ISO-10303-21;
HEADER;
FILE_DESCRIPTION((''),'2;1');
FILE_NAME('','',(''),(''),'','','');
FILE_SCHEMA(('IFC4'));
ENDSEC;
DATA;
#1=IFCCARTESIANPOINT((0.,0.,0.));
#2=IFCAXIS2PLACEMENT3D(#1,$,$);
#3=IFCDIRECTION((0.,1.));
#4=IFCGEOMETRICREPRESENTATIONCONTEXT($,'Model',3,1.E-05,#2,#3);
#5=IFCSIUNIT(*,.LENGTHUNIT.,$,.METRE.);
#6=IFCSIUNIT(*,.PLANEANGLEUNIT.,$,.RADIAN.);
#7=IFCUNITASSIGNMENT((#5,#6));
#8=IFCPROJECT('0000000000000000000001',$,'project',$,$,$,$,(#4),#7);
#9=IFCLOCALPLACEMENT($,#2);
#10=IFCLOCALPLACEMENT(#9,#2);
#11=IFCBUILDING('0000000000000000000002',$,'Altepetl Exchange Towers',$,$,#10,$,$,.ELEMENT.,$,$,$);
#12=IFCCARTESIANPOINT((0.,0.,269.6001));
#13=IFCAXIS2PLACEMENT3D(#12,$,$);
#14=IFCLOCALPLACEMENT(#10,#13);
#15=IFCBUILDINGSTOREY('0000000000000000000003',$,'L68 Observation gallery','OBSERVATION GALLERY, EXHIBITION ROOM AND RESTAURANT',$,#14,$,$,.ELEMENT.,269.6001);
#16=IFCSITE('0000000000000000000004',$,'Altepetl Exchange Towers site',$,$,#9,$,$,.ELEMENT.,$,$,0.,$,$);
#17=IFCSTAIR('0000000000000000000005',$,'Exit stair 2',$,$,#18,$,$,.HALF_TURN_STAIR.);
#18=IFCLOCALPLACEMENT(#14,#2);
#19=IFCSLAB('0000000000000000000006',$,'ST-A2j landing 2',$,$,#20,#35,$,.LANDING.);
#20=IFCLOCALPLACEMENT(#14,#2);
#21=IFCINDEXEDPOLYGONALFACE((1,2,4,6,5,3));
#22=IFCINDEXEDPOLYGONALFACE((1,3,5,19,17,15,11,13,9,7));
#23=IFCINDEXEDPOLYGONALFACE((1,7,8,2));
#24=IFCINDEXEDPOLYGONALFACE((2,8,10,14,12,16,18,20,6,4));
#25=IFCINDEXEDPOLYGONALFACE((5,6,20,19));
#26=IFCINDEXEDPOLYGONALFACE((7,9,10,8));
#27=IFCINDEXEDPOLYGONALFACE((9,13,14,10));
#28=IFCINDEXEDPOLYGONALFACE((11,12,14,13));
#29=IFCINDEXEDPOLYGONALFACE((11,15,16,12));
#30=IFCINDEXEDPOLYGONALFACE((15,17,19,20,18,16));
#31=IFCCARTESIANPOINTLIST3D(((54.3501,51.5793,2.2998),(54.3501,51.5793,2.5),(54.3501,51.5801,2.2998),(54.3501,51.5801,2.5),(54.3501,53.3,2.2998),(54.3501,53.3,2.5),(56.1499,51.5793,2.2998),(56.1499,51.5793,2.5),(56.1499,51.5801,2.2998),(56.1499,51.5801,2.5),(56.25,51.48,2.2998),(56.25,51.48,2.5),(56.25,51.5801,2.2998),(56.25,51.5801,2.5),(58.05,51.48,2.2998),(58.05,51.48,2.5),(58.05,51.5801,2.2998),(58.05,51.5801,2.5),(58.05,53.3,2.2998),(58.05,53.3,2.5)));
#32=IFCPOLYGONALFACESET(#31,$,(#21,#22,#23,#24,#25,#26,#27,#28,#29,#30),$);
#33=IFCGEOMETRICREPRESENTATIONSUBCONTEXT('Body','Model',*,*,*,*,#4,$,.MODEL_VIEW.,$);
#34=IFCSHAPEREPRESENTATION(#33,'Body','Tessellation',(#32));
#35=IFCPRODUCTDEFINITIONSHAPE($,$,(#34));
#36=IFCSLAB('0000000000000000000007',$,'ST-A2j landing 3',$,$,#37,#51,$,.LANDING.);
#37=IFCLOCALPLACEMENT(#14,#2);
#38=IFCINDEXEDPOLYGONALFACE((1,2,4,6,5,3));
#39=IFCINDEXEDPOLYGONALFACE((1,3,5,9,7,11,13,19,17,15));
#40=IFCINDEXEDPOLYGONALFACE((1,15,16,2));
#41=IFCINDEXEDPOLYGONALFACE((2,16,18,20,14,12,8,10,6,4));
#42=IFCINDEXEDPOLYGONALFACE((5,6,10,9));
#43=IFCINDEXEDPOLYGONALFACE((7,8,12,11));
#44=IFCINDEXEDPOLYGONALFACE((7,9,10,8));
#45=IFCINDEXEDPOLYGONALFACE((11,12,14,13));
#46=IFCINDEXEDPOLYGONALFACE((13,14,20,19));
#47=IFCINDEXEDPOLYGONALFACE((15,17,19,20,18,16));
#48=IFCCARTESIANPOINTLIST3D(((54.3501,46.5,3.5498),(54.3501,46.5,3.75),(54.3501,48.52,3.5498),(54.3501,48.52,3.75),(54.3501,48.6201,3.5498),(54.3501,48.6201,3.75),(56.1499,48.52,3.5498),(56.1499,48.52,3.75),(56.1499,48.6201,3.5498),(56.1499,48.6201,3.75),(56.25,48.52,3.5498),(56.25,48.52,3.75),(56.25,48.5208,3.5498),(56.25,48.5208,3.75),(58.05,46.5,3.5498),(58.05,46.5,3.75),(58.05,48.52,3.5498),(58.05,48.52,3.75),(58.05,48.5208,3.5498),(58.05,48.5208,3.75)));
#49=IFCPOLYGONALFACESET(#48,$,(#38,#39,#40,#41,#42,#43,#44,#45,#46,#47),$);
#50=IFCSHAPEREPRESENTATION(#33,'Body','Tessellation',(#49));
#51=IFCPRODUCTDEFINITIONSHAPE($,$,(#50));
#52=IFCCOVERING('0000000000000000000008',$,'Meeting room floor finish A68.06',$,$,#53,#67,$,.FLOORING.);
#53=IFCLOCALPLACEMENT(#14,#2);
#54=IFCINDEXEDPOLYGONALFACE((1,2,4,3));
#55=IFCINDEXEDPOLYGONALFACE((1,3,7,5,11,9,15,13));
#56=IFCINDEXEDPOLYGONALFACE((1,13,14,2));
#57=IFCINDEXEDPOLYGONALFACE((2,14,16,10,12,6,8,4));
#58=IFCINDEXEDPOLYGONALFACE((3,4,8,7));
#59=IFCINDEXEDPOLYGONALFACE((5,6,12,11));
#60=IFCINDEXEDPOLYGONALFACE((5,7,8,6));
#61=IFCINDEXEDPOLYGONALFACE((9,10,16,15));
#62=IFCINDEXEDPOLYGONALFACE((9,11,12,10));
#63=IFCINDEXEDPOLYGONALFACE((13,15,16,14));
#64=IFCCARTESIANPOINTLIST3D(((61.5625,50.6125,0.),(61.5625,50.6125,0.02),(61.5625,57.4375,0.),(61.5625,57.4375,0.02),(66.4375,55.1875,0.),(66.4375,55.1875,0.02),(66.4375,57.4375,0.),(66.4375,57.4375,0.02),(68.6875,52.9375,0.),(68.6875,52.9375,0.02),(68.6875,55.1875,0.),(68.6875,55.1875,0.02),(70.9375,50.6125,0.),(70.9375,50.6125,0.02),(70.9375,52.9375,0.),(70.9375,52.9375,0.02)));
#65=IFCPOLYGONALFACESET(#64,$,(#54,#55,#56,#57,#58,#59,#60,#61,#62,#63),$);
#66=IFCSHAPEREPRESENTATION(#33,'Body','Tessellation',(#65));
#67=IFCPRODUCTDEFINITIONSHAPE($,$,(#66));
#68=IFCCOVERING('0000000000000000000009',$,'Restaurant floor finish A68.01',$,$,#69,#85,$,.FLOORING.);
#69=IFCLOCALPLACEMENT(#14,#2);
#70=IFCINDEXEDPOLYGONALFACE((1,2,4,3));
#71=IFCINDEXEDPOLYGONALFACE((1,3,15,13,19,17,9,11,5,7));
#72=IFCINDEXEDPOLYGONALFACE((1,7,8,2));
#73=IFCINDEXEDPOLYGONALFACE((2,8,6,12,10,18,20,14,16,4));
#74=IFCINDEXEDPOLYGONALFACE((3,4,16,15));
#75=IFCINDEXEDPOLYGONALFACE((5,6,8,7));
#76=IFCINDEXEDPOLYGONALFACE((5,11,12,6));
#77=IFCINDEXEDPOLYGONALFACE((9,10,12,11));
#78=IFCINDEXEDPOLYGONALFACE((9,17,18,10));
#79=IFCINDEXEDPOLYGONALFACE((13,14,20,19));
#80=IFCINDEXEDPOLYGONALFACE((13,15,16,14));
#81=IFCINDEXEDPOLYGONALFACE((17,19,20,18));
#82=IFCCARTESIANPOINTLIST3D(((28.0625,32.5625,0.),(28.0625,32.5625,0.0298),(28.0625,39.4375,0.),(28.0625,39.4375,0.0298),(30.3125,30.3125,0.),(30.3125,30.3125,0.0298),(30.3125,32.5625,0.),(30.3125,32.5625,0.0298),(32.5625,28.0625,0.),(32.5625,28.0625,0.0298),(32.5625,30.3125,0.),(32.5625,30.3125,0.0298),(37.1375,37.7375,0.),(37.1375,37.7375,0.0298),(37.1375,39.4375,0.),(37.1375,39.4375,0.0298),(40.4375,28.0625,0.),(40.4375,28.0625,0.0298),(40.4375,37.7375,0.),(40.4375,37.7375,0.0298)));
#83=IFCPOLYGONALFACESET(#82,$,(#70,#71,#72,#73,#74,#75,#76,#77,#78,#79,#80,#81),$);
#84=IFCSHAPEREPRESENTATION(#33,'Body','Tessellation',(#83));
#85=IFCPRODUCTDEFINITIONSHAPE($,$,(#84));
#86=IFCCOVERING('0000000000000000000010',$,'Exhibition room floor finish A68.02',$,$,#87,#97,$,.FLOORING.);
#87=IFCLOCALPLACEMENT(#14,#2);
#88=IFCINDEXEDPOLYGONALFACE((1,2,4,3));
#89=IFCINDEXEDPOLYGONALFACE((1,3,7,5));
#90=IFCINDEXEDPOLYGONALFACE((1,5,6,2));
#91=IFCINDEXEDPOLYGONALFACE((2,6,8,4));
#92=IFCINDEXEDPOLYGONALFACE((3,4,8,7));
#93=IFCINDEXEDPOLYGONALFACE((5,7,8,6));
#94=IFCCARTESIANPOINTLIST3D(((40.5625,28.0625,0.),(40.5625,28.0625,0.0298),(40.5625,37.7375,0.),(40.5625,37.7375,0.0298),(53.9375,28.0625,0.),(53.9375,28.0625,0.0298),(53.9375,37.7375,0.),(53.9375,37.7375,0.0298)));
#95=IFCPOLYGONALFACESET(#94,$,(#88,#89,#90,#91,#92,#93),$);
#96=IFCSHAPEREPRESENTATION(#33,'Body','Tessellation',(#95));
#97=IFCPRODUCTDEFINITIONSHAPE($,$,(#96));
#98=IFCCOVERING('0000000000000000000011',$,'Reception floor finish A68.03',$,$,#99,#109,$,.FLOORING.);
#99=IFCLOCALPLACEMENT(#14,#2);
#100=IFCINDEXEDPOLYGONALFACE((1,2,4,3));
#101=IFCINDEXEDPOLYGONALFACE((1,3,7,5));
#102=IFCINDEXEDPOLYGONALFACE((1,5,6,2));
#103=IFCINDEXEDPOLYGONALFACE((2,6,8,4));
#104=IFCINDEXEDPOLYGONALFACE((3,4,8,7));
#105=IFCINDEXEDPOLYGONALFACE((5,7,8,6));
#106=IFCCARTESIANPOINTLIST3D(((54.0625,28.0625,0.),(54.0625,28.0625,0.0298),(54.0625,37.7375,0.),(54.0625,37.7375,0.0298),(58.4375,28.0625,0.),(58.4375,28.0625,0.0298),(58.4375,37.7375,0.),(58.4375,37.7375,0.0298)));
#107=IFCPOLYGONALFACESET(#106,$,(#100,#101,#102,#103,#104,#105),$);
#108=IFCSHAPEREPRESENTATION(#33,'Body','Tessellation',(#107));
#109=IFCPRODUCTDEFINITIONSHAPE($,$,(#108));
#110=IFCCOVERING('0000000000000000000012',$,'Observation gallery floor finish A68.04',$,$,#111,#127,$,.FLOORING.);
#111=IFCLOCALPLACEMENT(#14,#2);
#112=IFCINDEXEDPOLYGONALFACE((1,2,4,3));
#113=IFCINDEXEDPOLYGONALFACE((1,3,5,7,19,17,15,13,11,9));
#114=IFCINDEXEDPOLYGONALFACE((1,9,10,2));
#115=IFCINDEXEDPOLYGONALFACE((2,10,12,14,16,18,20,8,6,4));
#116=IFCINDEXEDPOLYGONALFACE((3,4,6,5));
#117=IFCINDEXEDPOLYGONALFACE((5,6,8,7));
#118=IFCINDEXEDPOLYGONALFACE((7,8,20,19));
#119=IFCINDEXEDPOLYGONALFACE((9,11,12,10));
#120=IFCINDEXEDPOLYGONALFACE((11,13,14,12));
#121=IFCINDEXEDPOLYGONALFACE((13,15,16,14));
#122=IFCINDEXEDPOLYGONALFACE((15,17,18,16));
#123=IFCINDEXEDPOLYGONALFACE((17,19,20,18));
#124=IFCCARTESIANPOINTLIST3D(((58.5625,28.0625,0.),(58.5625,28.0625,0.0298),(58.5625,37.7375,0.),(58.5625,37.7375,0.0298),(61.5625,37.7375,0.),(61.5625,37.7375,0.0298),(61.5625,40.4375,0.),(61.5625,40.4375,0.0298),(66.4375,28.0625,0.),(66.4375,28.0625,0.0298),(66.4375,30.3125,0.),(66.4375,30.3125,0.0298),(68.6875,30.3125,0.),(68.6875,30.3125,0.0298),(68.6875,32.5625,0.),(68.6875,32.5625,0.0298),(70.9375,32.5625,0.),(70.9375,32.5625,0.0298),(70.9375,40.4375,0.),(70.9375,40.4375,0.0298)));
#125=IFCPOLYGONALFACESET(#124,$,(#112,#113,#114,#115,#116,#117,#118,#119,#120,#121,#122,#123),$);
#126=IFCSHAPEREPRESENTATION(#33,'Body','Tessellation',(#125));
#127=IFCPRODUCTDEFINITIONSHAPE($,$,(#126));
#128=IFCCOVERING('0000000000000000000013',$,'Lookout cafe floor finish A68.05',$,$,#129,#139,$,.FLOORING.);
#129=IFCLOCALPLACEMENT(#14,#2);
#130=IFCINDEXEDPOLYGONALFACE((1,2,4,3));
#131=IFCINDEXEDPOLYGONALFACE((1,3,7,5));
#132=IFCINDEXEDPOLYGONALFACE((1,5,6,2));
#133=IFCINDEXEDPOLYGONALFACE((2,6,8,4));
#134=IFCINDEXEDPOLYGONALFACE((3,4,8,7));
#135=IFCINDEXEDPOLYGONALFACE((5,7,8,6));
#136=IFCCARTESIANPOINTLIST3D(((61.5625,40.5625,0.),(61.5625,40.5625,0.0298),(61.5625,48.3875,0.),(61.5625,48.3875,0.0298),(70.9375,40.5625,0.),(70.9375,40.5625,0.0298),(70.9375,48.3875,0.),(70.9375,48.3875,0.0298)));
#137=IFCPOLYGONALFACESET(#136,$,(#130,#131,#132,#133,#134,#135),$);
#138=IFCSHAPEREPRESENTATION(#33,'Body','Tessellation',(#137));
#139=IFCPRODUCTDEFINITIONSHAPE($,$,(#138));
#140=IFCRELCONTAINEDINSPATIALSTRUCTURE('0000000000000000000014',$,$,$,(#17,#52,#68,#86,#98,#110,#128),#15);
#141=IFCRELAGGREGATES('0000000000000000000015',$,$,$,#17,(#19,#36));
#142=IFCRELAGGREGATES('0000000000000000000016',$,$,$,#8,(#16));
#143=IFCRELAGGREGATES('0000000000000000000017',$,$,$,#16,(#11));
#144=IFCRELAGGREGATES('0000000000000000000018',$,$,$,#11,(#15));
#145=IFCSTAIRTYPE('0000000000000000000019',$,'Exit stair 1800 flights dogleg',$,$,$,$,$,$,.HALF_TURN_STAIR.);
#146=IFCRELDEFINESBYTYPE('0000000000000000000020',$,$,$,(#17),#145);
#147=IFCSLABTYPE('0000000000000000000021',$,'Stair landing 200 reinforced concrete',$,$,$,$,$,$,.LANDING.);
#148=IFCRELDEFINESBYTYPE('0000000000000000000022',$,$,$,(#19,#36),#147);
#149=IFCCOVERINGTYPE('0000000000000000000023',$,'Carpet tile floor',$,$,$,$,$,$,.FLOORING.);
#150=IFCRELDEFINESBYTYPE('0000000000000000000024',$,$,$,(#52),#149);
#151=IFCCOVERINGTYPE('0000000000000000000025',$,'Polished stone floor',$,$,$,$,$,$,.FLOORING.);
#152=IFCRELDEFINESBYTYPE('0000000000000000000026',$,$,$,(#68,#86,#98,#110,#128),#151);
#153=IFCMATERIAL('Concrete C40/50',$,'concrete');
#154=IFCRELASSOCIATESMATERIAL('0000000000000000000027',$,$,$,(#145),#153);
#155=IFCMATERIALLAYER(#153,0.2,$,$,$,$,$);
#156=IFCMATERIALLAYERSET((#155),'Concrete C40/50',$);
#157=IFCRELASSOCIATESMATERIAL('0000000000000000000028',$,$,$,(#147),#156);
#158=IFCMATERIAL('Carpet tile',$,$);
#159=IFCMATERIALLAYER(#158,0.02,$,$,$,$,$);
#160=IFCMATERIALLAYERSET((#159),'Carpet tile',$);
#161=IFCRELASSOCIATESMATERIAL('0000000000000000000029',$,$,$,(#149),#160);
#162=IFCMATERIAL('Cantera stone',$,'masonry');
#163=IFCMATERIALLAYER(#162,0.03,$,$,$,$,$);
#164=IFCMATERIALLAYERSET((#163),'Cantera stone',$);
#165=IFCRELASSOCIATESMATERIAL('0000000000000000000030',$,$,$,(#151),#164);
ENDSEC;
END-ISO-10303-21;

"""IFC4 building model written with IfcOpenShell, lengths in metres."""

from ifc_helpers import new_model, si_unit, direction, frame, origin, place, context, subcontext, project, spatial, polyline, outline, extrude, material, layer, layer_set, type_object, element, aggregate, save


model = new_model("IFC4")

# Units and contexts
model_context = context("Model", 3, precision=1e-05, world=origin(), true_north=direction((0.0, 1.0)))
body_context = subcontext(model_context, "Body", "Model", "MODEL_VIEW")
ifc_project = project(units=[si_unit("LENGTHUNIT", "METRE"), si_unit("PLANEANGLEUNIT", "RADIAN")], contexts=[model_context])

# Site, building, storey
site_placement = place(None, origin())
site = spatial("IfcSite", under=ifc_project, at=site_placement, Name="Altepetl Exchange Towers site", CompositionType="ELEMENT", RefElevation=0.0)
building_placement = place(site_placement, origin())
building = spatial("IfcBuilding", under=site, at=building_placement, Name="Altepetl Exchange Towers", CompositionType="ELEMENT")
storey_placement = place(building_placement, frame((0.0, 0.0, 269.6001)))
storey = spatial("IfcBuildingStorey", under=building, at=storey_placement, Name="L68 Observation gallery", Description="OBSERVATION GALLERY, EXHIBITION ROOM AND RESTAURANT", CompositionType="ELEMENT", Elevation=269.6001)

# Shared definitions
ifc_material_1 = material(Name="Concrete C40/50", Category="concrete")

# Stair, slabs
stair_type = type_object("IfcStairType", Name="Exit stair 1800 flights dogleg", PredefinedType="HALF_TURN_STAIR", material=ifc_material_1)
ifc_layer_1 = layer(ifc_material_1, 0.2)
ifc_layer_set_1 = layer_set([ifc_layer_1], Name="Concrete C40/50")
slab_type_1 = type_object("IfcSlabType", Name="Stair landing 200 reinforced concrete", PredefinedType="LANDING", material=ifc_layer_set_1)
stair_1_placement = place(storey_placement, origin())
stair_1 = element("IfcStair", 1, at=stair_1_placement, inside=storey, type_object=stair_type, Name="Exit stair 2", PredefinedType="HALF_TURN_STAIR")
slab_1_placement = place(storey_placement, frame((0.0, 0.0, 2.2998)))
slab_1 = element("IfcSlab", 2, at=slab_1_placement, type_object=slab_type_1, Name="ST-A2j landing 2", PredefinedType="LANDING", context=body_context, shape_type="SweptSolid", body=[
    extrude(outline(polyline([(58.05, 51.48), (56.25, 51.48), (56.25, 51.5801), (56.1499, 51.5801), (56.1499, 51.5793), (54.3501, 51.5793), (54.3501, 51.5801), (54.3501, 53.3), (58.05, 53.3), (58.05, 51.5801), (58.05, 51.48)])), origin(), (0.0, 0.0, 1.0), 0.2002),
])
slab_2_placement = place(storey_placement, frame((0.0, 0.0, 3.5498)))
slab_2 = element("IfcSlab", 3, at=slab_2_placement, type_object=slab_type_1, Name="ST-A2j landing 3", PredefinedType="LANDING", context=body_context, shape_type="SweptSolid", body=[
    extrude(outline(polyline([(58.05, 46.5), (54.3501, 46.5), (54.3501, 48.52), (54.3501, 48.6201), (56.1499, 48.6201), (56.1499, 48.52), (56.25, 48.52), (56.25, 48.5208), (58.05, 48.5208), (58.05, 48.52), (58.05, 46.5)])), origin(), (0.0, 0.0, 1.0), 0.2002),
])
aggregate(stair_1, [slab_1, slab_2])

# Coverings
ifc_material_2 = material(Name="Carpet tile")
ifc_layer_2 = layer(ifc_material_2, 0.02)
ifc_layer_set_2 = layer_set([ifc_layer_2], Name="Carpet tile")
covering_type_1 = type_object("IfcCoveringType", Name="Carpet tile floor", PredefinedType="FLOORING", material=ifc_layer_set_2)
covering_1_placement = place(storey_placement, origin())
element("IfcCovering", 4, at=covering_1_placement, inside=storey, type_object=covering_type_1, Name="Meeting room floor finish A68.06", PredefinedType="FLOORING", context=body_context, shape_type="SweptSolid", body=[
    extrude(outline(polyline([(66.4375, 55.1875), (66.4375, 57.4375), (61.5625, 57.4375), (61.5625, 50.6125), (70.9375, 50.6125), (70.9375, 52.9375), (68.6875, 52.9375), (68.6875, 55.1875), (66.4375, 55.1875)])), origin(), (0.0, 0.0, 1.0), 0.02),
])
ifc_material_3 = material(Name="Cantera stone", Category="masonry")
ifc_layer_3 = layer(ifc_material_3, 0.03)
ifc_layer_set_3 = layer_set([ifc_layer_3], Name="Cantera stone")
covering_type_2 = type_object("IfcCoveringType", Name="Polished stone floor", PredefinedType="FLOORING", material=ifc_layer_set_3)
covering_2_placement = place(storey_placement, origin())
element("IfcCovering", 5, at=covering_2_placement, inside=storey, type_object=covering_type_2, Name="Restaurant floor finish A68.01", PredefinedType="FLOORING", context=body_context, shape_type="SweptSolid", body=[
    extrude(outline(polyline([(32.5625, 28.0625), (40.4375, 28.0625), (40.4375, 37.7375), (37.1375, 37.7375), (37.1375, 39.4375), (28.0625, 39.4375), (28.0625, 32.5625), (30.3125, 32.5625), (30.3125, 30.3125), (32.5625, 30.3125), (32.5625, 28.0625)])), origin(), (0.0, 0.0, 1.0), 0.0298),
])
covering_3_placement = place(storey_placement, origin())
element("IfcCovering", 6, at=covering_3_placement, inside=storey, type_object=covering_type_2, Name="Exhibition room floor finish A68.02", PredefinedType="FLOORING", context=body_context, shape_type="SweptSolid", body=[
    extrude(outline(polyline([(53.9375, 28.0625), (53.9375, 37.7375), (40.5625, 37.7375), (40.5625, 28.0625), (53.9375, 28.0625)])), origin(), (0.0, 0.0, 1.0), 0.0298),
])
covering_4_placement = place(storey_placement, origin())
element("IfcCovering", 7, at=covering_4_placement, inside=storey, type_object=covering_type_2, Name="Reception floor finish A68.03", PredefinedType="FLOORING", context=body_context, shape_type="SweptSolid", body=[
    extrude(outline(polyline([(58.4375, 28.0625), (58.4375, 37.7375), (54.0625, 37.7375), (54.0625, 28.0625), (58.4375, 28.0625)])), origin(), (0.0, 0.0, 1.0), 0.0298),
])
covering_5_placement = place(storey_placement, origin())
element("IfcCovering", 8, at=covering_5_placement, inside=storey, type_object=covering_type_2, Name="Observation gallery floor finish A68.04", PredefinedType="FLOORING", context=body_context, shape_type="SweptSolid", body=[
    extrude(outline(polyline([(68.6875, 32.5625), (70.9375, 32.5625), (70.9375, 40.4375), (61.5625, 40.4375), (61.5625, 37.7375), (58.5625, 37.7375), (58.5625, 28.0625), (66.4375, 28.0625), (66.4375, 30.3125), (68.6875, 30.3125), (68.6875, 32.5625)])), origin(), (0.0, 0.0, 1.0), 0.0298),
])
covering_6_placement = place(storey_placement, origin())
element("IfcCovering", 9, at=covering_6_placement, inside=storey, type_object=covering_type_2, Name="Lookout cafe floor finish A68.05", PredefinedType="FLOORING", context=body_context, shape_type="SweptSolid", body=[
    extrude(outline(polyline([(61.5625, 40.5625), (70.9375, 40.5625), (70.9375, 48.3875), (61.5625, 48.3875), (61.5625, 40.5625)])), origin(), (0.0, 0.0, 1.0), 0.0298),
])

save(model, "model.ifc")
